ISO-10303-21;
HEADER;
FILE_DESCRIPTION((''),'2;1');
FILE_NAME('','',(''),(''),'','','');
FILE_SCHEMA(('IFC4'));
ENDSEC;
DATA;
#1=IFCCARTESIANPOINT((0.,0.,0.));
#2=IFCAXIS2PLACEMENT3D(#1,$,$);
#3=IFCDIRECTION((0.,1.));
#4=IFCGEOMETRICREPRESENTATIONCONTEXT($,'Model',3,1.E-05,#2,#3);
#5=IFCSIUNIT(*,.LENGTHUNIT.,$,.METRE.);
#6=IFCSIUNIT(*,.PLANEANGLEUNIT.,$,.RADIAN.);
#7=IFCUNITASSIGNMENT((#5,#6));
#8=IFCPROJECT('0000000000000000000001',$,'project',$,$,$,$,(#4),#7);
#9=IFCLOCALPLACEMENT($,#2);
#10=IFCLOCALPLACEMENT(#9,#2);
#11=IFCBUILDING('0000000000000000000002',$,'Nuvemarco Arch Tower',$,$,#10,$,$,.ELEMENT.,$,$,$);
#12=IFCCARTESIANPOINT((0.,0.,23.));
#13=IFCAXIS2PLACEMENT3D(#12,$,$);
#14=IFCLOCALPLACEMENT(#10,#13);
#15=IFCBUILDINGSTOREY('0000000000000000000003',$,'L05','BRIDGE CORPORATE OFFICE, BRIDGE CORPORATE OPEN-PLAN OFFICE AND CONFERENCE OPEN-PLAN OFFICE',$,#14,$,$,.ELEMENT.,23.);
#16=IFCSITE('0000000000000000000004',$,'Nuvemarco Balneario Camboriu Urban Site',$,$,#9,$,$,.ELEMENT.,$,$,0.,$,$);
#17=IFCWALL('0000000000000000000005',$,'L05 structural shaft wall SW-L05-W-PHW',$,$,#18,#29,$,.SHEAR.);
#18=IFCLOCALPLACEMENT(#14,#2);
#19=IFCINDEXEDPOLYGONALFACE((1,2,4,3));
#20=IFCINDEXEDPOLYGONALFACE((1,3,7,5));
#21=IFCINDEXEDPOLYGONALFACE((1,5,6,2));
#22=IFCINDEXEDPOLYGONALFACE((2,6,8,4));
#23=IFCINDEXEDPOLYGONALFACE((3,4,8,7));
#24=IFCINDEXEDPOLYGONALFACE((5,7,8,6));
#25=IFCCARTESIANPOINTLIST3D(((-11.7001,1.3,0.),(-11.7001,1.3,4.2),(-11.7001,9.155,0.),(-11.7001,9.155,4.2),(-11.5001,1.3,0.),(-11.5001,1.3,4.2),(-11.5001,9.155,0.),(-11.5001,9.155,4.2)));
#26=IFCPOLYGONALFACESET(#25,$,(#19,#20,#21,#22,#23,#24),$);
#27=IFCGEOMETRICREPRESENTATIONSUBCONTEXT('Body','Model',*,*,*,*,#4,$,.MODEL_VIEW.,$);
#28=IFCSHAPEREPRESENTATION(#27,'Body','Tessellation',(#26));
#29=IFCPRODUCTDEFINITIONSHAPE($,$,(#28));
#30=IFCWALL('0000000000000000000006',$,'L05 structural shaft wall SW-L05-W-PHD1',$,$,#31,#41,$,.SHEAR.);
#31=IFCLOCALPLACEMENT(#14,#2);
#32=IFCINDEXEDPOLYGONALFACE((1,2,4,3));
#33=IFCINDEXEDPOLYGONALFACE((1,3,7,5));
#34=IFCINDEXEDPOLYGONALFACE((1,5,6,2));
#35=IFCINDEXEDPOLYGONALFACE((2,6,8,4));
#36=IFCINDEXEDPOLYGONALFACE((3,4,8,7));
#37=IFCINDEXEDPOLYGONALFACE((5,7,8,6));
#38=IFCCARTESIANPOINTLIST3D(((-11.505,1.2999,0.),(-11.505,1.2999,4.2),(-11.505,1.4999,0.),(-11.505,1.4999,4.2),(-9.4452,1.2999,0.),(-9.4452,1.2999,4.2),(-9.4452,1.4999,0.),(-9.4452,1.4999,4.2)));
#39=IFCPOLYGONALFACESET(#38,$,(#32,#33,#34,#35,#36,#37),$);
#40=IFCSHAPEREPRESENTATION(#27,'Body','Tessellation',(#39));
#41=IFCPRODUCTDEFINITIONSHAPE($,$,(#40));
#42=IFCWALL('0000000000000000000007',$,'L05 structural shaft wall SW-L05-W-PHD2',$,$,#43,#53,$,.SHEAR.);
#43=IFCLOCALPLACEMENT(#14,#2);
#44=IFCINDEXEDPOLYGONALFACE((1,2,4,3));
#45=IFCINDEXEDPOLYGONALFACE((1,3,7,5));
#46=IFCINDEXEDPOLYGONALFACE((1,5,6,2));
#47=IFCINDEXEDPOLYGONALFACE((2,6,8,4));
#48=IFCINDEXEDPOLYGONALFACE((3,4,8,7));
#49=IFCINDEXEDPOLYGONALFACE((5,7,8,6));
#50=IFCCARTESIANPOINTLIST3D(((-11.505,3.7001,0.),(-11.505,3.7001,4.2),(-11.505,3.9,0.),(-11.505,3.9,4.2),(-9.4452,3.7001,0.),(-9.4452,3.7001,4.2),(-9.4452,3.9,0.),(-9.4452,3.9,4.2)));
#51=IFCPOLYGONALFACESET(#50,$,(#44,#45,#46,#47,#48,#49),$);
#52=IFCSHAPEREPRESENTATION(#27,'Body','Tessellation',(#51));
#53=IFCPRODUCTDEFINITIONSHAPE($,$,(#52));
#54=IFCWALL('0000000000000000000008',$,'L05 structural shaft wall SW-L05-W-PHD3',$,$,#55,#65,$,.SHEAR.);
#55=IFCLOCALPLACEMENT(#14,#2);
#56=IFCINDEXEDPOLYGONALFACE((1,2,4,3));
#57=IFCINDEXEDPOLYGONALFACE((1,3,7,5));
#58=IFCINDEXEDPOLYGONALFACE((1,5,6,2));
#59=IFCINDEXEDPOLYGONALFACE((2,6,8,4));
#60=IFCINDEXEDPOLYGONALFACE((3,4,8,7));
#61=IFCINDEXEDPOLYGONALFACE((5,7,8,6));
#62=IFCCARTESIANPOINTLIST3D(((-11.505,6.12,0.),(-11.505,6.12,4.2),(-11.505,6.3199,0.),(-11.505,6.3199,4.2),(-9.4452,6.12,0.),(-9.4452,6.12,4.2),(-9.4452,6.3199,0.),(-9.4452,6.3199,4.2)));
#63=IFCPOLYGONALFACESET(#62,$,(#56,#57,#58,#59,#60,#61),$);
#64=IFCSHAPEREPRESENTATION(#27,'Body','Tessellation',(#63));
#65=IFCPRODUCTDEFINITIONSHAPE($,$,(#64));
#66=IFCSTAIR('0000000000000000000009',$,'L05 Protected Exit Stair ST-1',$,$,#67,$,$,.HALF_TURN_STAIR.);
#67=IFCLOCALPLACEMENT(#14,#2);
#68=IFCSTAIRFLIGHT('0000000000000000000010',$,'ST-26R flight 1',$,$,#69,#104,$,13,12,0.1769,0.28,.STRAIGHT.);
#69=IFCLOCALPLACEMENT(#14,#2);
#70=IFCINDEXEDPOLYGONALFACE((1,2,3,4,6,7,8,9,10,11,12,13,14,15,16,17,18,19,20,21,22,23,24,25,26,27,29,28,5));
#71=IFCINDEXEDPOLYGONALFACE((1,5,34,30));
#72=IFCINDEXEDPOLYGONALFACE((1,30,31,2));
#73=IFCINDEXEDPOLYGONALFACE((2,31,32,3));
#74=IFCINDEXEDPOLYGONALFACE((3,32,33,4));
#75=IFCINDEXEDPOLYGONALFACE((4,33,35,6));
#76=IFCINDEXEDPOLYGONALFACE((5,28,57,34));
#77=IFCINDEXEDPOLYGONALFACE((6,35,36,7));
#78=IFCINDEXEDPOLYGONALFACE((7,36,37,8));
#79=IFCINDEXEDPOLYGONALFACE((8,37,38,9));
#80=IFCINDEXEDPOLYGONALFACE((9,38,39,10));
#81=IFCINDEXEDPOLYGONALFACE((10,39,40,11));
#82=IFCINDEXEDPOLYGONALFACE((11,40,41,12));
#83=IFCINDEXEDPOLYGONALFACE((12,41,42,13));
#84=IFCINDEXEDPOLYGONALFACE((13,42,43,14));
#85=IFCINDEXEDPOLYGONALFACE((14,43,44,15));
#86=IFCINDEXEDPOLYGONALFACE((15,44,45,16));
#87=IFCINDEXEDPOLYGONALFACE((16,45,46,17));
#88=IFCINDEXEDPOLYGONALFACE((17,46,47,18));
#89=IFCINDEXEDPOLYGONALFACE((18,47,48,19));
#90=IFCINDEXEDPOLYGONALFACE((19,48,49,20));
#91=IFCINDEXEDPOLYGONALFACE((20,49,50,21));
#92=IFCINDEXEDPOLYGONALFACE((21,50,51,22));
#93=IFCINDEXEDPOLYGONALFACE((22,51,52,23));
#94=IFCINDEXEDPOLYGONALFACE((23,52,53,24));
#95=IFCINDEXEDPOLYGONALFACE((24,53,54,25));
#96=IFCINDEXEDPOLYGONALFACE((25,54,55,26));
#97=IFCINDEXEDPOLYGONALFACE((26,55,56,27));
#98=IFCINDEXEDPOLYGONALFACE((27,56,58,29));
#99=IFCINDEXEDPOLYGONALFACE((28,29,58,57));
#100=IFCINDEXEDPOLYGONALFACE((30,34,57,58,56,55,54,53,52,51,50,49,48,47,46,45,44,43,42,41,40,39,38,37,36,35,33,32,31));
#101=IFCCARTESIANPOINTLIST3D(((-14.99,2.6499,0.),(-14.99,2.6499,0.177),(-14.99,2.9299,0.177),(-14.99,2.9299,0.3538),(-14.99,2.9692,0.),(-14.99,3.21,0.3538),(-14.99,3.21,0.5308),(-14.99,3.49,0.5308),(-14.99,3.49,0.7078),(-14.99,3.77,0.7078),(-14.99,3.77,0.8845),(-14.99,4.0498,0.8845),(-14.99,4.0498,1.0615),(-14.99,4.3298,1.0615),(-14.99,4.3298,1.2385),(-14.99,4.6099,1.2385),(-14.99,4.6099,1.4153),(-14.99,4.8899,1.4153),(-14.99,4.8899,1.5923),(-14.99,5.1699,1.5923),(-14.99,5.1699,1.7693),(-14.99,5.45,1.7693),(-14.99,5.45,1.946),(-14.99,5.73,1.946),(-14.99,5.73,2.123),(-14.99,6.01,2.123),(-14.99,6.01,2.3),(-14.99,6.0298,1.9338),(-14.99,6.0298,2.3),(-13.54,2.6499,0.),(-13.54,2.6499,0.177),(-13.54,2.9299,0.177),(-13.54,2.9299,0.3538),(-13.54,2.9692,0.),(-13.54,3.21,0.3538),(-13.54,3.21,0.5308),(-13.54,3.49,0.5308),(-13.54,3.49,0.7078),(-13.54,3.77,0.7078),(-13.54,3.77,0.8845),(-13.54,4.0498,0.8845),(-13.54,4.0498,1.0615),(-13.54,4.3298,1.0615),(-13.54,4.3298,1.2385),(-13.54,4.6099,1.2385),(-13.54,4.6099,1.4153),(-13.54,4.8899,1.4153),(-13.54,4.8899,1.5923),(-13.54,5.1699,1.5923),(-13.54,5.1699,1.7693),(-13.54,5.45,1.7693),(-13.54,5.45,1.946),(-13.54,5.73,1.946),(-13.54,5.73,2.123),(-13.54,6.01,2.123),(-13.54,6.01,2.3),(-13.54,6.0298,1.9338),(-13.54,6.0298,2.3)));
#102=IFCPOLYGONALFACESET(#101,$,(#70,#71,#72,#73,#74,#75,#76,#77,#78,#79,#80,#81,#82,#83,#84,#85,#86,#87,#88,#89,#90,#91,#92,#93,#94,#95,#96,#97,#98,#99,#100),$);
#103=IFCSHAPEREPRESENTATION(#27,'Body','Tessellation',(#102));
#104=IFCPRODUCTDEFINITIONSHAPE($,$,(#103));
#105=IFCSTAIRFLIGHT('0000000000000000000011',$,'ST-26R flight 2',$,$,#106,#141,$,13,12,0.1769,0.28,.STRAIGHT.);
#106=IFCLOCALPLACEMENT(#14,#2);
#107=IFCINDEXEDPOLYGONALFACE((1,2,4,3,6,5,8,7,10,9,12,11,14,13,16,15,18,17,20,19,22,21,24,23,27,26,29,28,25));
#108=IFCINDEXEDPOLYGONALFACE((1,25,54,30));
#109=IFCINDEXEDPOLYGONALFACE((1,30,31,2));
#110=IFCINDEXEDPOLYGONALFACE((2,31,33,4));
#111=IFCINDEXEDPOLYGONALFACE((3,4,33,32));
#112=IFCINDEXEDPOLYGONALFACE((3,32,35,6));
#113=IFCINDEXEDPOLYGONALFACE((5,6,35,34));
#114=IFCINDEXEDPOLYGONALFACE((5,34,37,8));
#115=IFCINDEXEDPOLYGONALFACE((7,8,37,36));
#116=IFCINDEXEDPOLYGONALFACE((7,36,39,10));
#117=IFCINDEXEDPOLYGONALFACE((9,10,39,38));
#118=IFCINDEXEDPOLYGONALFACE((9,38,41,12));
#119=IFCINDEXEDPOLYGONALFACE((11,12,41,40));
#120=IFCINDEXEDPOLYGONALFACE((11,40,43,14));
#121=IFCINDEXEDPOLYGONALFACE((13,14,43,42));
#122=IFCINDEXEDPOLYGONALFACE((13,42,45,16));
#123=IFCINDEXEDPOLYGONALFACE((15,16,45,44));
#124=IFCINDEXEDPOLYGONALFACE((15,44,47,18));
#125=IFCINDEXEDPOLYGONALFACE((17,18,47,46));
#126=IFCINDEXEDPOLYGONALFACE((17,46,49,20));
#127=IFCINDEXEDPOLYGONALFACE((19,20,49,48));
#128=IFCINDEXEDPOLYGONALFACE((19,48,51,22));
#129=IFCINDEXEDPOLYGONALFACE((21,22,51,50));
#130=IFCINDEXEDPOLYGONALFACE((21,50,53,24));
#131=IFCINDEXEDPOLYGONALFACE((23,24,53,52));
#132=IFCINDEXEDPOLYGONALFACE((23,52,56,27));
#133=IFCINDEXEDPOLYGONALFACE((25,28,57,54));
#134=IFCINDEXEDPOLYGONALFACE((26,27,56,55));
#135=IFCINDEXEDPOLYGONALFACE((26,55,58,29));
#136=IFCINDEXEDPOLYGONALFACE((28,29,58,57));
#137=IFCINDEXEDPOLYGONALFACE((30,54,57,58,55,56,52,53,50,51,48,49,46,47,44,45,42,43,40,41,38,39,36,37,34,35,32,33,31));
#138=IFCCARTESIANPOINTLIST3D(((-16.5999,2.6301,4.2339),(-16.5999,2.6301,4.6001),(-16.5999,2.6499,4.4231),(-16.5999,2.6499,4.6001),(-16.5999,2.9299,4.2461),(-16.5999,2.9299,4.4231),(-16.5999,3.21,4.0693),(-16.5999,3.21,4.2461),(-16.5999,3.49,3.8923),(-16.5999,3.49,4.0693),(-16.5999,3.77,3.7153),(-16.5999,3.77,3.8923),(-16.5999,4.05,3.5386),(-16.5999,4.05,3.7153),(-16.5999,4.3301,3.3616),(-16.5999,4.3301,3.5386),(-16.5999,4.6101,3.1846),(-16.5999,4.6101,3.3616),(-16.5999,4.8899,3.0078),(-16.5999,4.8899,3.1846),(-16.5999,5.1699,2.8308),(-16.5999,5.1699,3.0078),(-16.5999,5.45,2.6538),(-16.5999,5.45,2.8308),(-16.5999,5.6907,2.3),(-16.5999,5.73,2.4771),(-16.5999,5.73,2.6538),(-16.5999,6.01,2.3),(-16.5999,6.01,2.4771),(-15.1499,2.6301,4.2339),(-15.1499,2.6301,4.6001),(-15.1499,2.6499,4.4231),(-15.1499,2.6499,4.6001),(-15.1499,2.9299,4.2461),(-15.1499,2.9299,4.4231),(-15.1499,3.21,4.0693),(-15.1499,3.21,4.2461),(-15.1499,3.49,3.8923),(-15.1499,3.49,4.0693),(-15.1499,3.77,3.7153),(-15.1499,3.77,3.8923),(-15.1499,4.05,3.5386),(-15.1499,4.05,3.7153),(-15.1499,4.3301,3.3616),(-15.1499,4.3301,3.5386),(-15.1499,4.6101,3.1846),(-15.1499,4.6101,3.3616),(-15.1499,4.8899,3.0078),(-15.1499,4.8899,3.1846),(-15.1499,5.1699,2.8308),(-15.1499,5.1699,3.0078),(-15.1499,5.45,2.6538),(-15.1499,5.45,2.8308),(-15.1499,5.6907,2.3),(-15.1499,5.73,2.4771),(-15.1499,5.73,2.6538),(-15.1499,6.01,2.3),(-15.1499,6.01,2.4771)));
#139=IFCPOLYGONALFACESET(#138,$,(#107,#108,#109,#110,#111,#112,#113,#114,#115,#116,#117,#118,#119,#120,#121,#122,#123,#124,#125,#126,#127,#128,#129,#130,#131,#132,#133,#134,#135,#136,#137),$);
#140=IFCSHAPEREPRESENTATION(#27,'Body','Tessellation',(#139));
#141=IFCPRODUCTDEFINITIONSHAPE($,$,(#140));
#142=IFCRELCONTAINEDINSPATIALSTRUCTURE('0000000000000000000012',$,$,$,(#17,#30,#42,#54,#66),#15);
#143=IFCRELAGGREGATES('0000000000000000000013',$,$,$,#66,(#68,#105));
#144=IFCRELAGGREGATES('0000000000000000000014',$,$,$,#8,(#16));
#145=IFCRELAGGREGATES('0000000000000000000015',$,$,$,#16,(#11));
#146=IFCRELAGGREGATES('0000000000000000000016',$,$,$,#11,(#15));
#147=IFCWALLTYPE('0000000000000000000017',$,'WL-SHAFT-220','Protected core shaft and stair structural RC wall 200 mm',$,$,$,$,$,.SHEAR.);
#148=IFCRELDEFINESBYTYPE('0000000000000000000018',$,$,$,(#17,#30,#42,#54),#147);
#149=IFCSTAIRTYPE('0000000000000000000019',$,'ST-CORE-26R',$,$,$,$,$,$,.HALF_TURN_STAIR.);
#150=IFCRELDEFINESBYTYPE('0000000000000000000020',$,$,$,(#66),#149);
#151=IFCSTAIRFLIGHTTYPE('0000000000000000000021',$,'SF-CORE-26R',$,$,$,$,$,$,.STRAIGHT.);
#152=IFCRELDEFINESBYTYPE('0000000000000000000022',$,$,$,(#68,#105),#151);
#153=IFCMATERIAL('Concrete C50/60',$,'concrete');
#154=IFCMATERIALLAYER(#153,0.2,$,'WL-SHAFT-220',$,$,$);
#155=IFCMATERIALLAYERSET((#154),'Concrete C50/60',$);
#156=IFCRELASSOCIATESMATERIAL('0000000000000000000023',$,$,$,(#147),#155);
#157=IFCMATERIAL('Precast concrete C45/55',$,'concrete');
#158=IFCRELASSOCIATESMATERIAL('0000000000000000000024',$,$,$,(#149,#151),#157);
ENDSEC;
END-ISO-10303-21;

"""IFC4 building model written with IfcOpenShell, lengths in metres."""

from ifc_helpers import new_model, si_unit, direction, frame, frame_2d, origin, place, context, subcontext, project, spatial, polyline, rectangle, outline, extrude, material, layer, layer_set, type_object, element, aggregate, save


model = new_model("IFC4")

# Units and contexts
model_context = context("Model", 3, precision=1e-05, world=origin(), true_north=direction((0.0, 1.0)))
body_context = subcontext(model_context, "Body", "Model", "MODEL_VIEW")
ifc_project = project(units=[si_unit("LENGTHUNIT", "METRE"), si_unit("PLANEANGLEUNIT", "RADIAN")], contexts=[model_context])

# Site, building, storey
site_placement = place(None, origin())
site = spatial("IfcSite", under=ifc_project, at=site_placement, Name="Nuvemarco Balneario Camboriu Urban Site", CompositionType="ELEMENT", RefElevation=0.0)
building_placement = place(site_placement, origin())
building = spatial("IfcBuilding", under=site, at=building_placement, Name="Nuvemarco Arch Tower", CompositionType="ELEMENT")
storey_placement = place(building_placement, frame((0.0, 0.0, 23.0)))
storey = spatial("IfcBuildingStorey", under=building, at=storey_placement, Name="L05", Description="BRIDGE CORPORATE OFFICE, BRIDGE CORPORATE OPEN-PLAN OFFICE AND CONFERENCE OPEN-PLAN OFFICE", CompositionType="ELEMENT", Elevation=23.0)

# Shared definitions
ifc_material_1 = material(Name="Concrete C50/60", Category="concrete")
ifc_layer_1 = layer(ifc_material_1, 0.2, Name="WL-SHAFT-220")
ifc_layer_set_1 = layer_set([ifc_layer_1], Name="Concrete C50/60")
wall_type = type_object("IfcWallType", Name="WL-SHAFT-220", Description="Protected core shaft and stair structural RC wall 200 mm", PredefinedType="SHEAR", material=ifc_layer_set_1)

# Walls
wall_1_placement = place(storey_placement, frame((-11.6001, 1.3, 0.0), z_axis=(0.0, 0.0, 1.0), x_axis=(0.0, 1.0, 0.0)))
element("IfcWall", 1, at=wall_1_placement, inside=storey, type_object=wall_type, Name="L05 structural shaft wall SW-L05-W-PHW", PredefinedType="SHEAR", context=body_context, shape_type="SweptSolid", body=[
    extrude(rectangle(XDim=7.855, YDim=0.2, at=frame_2d((3.9275, 0.0))), origin(), (0.0, 0.0, 1.0), 4.2),
])
for number, where, z_axis, x_axis, name in (
    (2, (-11.5049, 1.3999, 0.0), (0.0, 0.0, 1.0), (1.0, 0.0, 0.0), "L05 structural shaft wall SW-L05-W-PHD1"),
    (3, (-11.5049, 3.8, 0.0), (0.0, 0.0, 1.0), (1.0, 0.0, 0.0), "L05 structural shaft wall SW-L05-W-PHD2"),
    (4, (-11.5049, 6.22, 0.0), (0.0, 0.0, 1.0), (1.0, 0.0, 0.0), "L05 structural shaft wall SW-L05-W-PHD3"),
):
    element("IfcWall", number, at=place(storey_placement, frame(where, z_axis=z_axis, x_axis=x_axis)), inside=storey, type_object=wall_type, Name=name, PredefinedType="SHEAR", context=body_context, shape_type="SweptSolid", body=[
        extrude(rectangle(XDim=2.0598, YDim=0.2, at=frame_2d((1.0298, 0.0))), origin(), (0.0, 0.0, 1.0), 4.2),
    ])

# Stair, stair flights
ifc_material_2 = material(Name="Precast concrete C45/55", Category="concrete")
stair_type = type_object("IfcStairType", Name="ST-CORE-26R", PredefinedType="HALF_TURN_STAIR", material=ifc_material_2)
stair_placement = place(storey_placement, origin())
stair = element("IfcStair", 5, at=stair_placement, inside=storey, type_object=stair_type, Name="L05 Protected Exit Stair ST-1", PredefinedType="HALF_TURN_STAIR")
stair_flight_type = type_object("IfcStairFlightType", Name="SF-CORE-26R", PredefinedType="STRAIGHT", material=ifc_material_2)
stair_flight_1_placement = place(storey_placement, frame((-14.2649, 2.6499, 0.0), z_axis=(0.0, 0.0, 1.0), x_axis=(0.0, 1.0, 0.0)))
stair_flight_1 = element("IfcStairFlight", 6, at=stair_flight_1_placement, type_object=stair_flight_type, Name="ST-26R flight 1", NumberOfRisers=13, NumberOfTreads=12, PredefinedType="STRAIGHT", RiserHeight=0.1769, TreadLength=0.28, context=body_context, shape_type="SweptSolid", body=[
    extrude(outline(polyline([(0.0, 0.0), (0.0, 0.177), (0.28, 0.177), (0.28, 0.3538), (0.5601, 0.3538), (0.5601, 0.5308), (0.8401, 0.5308), (0.8401, 0.7078), (1.1201, 0.7078), (1.1201, 0.8845), (1.3999, 0.8845), (1.3999, 1.0615), (1.6799, 1.0615), (1.6799, 1.2385), (1.96, 1.2385), (1.96, 1.4153), (2.24, 1.4153), (2.24, 1.5923), (2.52, 1.5923), (2.52, 1.7693), (2.8, 1.7693), (2.8, 1.946), (3.0801, 1.946), (3.0801, 2.123), (3.3601, 2.123), (3.3601, 2.3), (3.3799, 2.3), (3.3799, 1.9338), (0.3193, 0.0), (0.0, 0.0)])), frame((0.0, 0.7251, 0.0), z_axis=(0.0, -1.0, 0.0), x_axis=(1.0, 0.0, 0.0)), (0.0, 0.0, 1.0), 1.45),
])
stair_flight_2_placement = place(storey_placement, frame((-15.875, 6.01, 2.3), z_axis=(0.0, 0.0, 1.0), x_axis=(0.0, -1.0, 0.0)))
stair_flight_2 = element("IfcStairFlight", 7, at=stair_flight_2_placement, type_object=stair_flight_type, Name="ST-26R flight 2", NumberOfRisers=13, NumberOfTreads=12, PredefinedType="STRAIGHT", RiserHeight=0.1769, TreadLength=0.28, context=body_context, shape_type="SweptSolid", body=[
    extrude(outline(polyline([(0.0, 0.0), (0.0, 0.177), (0.28, 0.177), (0.28, 0.3538), (0.5601, 0.3538), (0.5601, 0.5308), (0.8401, 0.5308), (0.8401, 0.7078), (1.1201, 0.7078), (1.1201, 0.8845), (1.3999, 0.8845), (1.3999, 1.0615), (1.6799, 1.0615), (1.6799, 1.2385), (1.96, 1.2385), (1.96, 1.4153), (2.24, 1.4153), (2.24, 1.5923), (2.52, 1.5923), (2.52, 1.7693), (2.8, 1.7693), (2.8, 1.946), (3.0801, 1.946), (3.0801, 2.123), (3.3601, 2.123), (3.3601, 2.3), (3.3799, 2.3), (3.3799, 1.9338), (0.3193, 0.0), (0.0, 0.0)])), frame((0.0, 0.7251, 0.0), z_axis=(0.0, -1.0, 0.0), x_axis=(1.0, 0.0, 0.0)), (0.0, 0.0, 1.0), 1.45),
])
aggregate(stair, [stair_flight_1, stair_flight_2])

save(model, "model.ifc")
